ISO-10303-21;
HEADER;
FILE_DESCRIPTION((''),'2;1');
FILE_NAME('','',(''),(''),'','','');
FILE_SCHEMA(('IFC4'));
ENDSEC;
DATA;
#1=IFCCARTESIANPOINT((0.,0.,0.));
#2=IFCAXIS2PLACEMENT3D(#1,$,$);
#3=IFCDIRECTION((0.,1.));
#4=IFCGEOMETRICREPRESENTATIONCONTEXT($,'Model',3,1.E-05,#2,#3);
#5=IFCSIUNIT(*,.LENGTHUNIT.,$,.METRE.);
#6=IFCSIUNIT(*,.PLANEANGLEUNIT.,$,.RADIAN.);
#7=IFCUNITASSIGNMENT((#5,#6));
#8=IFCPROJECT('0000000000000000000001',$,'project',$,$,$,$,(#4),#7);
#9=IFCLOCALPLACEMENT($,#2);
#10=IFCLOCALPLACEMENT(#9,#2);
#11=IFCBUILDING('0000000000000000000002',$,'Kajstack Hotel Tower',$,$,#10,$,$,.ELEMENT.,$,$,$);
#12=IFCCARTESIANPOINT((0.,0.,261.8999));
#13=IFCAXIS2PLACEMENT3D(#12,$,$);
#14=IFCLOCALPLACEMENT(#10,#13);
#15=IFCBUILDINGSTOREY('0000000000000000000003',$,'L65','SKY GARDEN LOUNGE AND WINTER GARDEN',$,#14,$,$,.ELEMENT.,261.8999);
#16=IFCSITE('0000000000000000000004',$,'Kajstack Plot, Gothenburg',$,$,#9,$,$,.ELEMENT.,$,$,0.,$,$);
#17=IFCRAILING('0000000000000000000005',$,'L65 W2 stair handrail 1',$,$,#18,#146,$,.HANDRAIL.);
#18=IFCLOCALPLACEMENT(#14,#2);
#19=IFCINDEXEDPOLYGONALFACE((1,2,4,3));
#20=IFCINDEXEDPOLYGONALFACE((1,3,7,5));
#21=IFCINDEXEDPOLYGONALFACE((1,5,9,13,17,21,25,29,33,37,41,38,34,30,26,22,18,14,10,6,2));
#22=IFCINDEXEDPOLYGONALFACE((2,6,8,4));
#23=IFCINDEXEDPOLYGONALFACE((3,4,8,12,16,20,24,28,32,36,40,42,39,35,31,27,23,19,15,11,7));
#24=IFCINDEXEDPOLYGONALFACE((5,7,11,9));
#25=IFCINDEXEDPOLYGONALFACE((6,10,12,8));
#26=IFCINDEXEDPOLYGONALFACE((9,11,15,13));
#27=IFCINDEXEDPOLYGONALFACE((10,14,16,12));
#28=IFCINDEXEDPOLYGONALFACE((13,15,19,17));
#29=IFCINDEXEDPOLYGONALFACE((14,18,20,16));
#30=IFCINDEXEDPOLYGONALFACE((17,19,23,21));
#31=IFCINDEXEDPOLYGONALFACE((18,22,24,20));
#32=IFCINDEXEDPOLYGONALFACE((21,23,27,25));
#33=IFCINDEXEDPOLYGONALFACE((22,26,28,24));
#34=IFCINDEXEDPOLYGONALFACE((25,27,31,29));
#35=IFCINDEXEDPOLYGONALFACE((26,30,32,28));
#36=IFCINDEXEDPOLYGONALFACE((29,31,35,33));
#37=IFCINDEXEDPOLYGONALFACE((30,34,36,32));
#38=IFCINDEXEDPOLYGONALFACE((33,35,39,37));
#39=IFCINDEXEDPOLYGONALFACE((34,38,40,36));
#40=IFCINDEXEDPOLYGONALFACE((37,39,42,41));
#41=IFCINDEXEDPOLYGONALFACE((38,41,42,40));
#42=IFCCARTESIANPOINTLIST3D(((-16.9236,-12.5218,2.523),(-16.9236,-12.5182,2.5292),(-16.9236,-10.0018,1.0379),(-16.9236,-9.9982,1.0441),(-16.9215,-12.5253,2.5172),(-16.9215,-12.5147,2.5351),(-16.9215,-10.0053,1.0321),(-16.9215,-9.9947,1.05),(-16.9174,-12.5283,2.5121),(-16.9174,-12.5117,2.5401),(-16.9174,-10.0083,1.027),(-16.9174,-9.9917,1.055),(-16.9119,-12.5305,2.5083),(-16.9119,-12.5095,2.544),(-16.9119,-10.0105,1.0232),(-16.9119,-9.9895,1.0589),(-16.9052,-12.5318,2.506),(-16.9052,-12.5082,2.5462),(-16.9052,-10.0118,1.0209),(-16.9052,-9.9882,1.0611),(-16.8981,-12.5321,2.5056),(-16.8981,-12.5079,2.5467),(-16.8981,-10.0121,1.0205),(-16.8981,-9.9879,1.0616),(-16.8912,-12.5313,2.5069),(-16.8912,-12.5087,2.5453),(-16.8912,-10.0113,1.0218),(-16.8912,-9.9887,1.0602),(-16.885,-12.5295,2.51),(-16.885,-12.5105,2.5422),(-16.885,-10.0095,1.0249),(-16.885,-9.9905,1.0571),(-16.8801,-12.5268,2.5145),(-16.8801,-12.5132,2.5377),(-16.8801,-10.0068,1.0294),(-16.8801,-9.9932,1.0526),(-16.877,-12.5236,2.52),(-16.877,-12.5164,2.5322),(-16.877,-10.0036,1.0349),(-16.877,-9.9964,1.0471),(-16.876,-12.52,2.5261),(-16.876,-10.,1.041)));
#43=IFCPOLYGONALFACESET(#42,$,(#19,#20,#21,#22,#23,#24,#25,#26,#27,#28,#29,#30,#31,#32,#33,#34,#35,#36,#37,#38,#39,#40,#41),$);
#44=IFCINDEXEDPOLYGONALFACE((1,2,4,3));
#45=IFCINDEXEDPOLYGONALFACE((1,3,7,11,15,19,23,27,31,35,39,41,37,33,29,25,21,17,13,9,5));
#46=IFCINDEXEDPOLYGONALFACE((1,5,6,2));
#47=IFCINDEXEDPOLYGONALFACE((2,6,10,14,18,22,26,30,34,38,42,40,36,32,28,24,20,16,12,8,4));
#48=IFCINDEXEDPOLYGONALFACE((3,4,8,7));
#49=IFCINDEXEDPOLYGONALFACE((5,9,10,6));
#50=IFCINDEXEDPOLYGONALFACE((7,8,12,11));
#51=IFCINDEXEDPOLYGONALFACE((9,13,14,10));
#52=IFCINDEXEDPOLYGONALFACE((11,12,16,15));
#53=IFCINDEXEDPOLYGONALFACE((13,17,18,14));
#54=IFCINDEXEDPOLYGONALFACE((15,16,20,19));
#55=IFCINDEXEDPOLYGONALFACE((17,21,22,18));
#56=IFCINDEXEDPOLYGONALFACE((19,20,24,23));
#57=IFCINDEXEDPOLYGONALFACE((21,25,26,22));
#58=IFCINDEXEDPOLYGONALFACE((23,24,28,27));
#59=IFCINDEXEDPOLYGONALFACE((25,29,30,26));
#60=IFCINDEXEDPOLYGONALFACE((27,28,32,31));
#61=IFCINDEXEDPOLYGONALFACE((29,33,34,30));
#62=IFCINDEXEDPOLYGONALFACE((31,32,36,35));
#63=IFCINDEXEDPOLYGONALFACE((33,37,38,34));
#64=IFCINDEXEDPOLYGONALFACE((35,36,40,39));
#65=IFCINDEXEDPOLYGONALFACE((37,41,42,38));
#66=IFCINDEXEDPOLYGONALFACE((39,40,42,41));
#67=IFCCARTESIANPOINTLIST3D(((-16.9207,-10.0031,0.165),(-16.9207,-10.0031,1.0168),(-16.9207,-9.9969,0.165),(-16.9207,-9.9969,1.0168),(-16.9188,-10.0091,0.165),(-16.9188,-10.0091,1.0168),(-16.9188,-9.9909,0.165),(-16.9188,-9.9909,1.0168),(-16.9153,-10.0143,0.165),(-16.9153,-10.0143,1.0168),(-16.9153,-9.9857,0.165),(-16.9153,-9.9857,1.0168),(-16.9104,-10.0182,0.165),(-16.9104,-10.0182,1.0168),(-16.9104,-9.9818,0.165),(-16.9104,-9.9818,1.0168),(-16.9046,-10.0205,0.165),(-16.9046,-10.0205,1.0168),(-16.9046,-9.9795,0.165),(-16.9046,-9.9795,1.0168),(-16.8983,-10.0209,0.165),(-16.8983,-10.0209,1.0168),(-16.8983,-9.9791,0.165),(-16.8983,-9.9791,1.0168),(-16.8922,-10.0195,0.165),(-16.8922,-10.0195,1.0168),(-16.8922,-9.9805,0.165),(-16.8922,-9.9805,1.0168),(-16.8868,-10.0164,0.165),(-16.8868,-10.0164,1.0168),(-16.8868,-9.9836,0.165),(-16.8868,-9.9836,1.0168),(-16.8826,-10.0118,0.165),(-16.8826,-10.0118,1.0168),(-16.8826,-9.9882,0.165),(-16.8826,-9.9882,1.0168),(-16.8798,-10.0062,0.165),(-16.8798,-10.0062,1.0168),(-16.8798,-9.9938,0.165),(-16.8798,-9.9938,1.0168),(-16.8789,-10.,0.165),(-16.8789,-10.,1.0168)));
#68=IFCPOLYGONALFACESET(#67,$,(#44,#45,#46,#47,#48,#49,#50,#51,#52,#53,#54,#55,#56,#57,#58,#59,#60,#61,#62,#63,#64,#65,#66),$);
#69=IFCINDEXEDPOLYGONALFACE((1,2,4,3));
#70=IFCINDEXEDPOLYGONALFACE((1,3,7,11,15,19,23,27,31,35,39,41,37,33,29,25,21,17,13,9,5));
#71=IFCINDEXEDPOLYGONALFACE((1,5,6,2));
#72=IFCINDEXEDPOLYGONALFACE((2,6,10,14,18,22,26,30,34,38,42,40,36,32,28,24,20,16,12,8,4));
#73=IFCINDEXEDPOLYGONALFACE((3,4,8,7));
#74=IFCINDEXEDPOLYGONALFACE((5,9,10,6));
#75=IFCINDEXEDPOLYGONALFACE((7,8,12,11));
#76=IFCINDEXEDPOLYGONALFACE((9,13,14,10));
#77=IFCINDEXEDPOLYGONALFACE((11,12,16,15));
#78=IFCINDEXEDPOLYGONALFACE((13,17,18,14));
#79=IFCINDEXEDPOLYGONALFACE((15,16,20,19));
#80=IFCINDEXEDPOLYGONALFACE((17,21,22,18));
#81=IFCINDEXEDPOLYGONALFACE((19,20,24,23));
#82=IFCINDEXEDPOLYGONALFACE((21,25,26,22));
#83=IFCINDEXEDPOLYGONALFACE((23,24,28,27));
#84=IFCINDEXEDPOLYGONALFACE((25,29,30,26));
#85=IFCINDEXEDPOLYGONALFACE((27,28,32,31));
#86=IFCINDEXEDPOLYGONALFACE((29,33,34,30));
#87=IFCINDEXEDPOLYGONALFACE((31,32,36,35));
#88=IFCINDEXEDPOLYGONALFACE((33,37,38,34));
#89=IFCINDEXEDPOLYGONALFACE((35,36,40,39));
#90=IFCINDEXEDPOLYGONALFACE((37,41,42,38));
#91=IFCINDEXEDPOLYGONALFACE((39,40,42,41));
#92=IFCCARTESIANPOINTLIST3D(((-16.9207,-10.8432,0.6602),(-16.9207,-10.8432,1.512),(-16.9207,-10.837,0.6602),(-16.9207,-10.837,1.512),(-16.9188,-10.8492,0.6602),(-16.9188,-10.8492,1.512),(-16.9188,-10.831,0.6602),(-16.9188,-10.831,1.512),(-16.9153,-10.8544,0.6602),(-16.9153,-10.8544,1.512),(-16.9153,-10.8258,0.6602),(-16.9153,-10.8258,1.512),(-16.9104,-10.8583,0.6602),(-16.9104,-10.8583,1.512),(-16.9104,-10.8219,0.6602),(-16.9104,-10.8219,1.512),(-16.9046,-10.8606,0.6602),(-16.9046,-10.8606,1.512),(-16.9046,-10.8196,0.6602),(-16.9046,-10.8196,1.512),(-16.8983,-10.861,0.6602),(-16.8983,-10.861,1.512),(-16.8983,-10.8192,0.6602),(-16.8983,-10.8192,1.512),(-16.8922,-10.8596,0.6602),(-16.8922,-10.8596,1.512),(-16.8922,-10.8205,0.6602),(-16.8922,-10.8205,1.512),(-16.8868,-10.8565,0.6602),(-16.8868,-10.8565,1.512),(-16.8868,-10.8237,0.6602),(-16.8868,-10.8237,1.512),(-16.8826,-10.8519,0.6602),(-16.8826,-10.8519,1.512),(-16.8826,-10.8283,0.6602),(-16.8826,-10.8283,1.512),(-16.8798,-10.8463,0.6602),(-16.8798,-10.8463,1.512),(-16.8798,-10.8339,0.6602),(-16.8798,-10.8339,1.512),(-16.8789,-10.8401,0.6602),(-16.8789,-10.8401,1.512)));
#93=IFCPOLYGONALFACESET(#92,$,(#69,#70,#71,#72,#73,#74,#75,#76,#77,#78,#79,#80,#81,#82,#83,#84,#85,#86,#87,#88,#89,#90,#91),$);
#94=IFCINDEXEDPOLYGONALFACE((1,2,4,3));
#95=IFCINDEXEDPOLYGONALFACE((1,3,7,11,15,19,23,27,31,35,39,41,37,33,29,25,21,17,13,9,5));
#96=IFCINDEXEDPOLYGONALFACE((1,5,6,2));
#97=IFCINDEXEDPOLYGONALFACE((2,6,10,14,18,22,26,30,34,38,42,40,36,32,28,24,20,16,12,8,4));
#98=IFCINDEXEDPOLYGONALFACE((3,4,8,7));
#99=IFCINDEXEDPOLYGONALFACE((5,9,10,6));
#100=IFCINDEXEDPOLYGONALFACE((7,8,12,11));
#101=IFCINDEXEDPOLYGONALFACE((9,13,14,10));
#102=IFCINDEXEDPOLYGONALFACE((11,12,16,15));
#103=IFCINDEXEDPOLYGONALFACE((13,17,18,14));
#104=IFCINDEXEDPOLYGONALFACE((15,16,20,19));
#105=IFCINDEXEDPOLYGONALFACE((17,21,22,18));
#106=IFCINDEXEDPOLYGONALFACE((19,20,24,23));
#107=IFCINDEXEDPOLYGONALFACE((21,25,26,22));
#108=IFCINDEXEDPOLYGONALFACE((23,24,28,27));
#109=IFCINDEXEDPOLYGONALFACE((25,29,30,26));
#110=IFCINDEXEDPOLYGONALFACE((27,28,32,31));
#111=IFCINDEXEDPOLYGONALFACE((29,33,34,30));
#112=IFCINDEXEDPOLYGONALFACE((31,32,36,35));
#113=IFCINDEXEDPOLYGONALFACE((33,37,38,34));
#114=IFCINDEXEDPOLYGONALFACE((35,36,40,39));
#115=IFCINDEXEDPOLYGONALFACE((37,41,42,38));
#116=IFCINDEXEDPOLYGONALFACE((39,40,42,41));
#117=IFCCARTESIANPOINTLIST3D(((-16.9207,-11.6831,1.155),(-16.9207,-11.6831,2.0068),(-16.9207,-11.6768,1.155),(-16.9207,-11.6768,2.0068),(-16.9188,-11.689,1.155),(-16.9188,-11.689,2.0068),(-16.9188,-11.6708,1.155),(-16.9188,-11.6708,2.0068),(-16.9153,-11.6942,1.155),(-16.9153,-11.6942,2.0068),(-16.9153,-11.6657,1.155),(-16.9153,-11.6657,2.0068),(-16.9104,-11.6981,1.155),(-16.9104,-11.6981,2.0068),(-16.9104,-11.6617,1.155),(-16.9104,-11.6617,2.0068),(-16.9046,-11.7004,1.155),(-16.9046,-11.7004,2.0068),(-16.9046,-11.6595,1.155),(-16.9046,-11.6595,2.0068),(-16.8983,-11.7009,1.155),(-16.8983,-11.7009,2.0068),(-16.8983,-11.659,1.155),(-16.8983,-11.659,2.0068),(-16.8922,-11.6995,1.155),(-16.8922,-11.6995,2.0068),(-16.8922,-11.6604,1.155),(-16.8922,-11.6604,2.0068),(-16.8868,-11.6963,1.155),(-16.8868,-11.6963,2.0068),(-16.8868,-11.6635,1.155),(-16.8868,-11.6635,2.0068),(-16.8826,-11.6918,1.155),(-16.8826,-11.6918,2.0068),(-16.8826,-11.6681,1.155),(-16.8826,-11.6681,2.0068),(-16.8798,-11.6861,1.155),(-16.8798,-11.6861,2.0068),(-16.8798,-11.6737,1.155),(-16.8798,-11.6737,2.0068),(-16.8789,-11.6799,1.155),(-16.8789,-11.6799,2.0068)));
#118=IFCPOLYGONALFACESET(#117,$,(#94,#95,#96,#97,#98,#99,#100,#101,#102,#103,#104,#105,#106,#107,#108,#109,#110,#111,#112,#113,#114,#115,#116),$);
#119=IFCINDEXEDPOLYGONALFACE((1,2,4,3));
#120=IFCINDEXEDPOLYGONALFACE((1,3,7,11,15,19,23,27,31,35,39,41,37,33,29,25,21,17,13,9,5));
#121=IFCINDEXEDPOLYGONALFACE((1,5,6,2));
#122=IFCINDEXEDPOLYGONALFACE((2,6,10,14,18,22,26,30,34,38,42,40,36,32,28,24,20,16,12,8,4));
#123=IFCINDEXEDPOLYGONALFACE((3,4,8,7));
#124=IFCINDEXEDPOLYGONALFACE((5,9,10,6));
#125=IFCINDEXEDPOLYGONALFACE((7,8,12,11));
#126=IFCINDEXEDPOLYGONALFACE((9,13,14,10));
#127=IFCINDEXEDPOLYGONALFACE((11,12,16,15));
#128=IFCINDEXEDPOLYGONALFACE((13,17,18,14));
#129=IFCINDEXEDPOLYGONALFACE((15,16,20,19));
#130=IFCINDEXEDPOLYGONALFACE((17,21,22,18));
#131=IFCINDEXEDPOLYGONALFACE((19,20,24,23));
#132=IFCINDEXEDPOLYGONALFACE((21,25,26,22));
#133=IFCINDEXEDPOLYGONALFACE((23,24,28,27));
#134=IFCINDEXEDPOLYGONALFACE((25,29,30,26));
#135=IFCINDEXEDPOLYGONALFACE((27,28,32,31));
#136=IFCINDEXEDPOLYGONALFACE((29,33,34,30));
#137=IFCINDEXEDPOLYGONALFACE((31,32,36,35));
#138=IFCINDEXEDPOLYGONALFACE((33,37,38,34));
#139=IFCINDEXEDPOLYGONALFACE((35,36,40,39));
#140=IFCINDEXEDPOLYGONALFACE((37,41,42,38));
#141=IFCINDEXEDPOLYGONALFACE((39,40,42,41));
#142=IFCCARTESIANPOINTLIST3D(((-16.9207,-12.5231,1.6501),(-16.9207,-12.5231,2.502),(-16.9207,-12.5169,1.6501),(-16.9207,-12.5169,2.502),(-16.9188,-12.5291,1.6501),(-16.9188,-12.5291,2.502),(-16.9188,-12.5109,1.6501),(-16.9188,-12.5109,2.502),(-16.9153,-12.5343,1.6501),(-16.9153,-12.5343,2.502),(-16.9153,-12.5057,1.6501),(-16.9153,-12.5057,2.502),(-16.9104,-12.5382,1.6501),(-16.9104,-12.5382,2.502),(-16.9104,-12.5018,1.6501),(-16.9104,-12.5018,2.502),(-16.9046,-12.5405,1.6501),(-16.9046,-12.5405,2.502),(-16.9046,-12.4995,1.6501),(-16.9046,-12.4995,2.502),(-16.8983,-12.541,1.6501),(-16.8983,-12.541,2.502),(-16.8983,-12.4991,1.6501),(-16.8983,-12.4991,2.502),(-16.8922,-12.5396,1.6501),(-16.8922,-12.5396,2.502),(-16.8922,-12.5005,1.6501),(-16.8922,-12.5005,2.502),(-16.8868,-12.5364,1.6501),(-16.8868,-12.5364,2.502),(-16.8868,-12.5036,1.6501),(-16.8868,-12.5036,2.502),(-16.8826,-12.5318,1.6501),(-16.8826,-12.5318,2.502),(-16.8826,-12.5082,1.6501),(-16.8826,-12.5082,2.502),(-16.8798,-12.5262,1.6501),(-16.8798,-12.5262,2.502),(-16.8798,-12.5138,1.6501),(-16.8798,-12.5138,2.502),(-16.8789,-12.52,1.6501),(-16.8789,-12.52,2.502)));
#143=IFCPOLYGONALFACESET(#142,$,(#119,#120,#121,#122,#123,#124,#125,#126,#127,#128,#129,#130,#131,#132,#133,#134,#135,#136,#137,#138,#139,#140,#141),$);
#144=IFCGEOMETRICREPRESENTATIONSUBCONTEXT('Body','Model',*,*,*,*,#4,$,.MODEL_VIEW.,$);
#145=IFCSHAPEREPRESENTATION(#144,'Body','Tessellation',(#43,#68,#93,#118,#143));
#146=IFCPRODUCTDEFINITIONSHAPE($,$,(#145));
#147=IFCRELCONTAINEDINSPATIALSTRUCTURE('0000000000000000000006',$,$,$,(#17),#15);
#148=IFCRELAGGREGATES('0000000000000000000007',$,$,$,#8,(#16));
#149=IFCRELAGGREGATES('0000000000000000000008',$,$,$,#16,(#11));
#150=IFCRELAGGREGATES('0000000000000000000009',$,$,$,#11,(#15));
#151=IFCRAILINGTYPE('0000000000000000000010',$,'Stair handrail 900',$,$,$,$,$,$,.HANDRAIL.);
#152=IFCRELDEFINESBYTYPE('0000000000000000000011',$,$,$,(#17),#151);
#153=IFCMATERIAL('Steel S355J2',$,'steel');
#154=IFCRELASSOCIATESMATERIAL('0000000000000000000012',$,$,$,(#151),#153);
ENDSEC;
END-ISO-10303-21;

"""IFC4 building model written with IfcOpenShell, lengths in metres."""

from ifc_helpers import new_model, si_unit, direction, frame, origin, origin_2d, place, context, subcontext, project, spatial, circle, extrude, material, type_object, element, save


model = new_model("IFC4")

# Units and contexts
model_context = context("Model", 3, precision=1e-05, world=origin(), true_north=direction((0.0, 1.0)))
body_context = subcontext(model_context, "Body", "Model", "MODEL_VIEW")
ifc_project = project(units=[si_unit("LENGTHUNIT", "METRE"), si_unit("PLANEANGLEUNIT", "RADIAN")], contexts=[model_context])

# Site, building, storey
site_placement = place(None, origin())
site = spatial("IfcSite", under=ifc_project, at=site_placement, Name="Kajstack Plot, Gothenburg", CompositionType="ELEMENT", RefElevation=0.0)
building_placement = place(site_placement, origin())
building = spatial("IfcBuilding", under=site, at=building_placement, Name="Kajstack Hotel Tower", CompositionType="ELEMENT")
storey_placement = place(building_placement, frame((0.0, 0.0, 261.8999)))
storey = spatial("IfcBuildingStorey", under=building, at=storey_placement, Name="L65", Description="SKY GARDEN LOUNGE AND WINTER GARDEN", CompositionType="ELEMENT", Elevation=261.8999)

# Railing
ifc_material_1 = material(Name="Steel S355J2", Category="steel")
railing_type_1 = type_object("IfcRailingType", Name="Stair handrail 900", PredefinedType="HANDRAIL", material=ifc_material_1)
for number, where, name in (
    (1, (-16.8999, -10.0, 0.165), "L65 W2 stair handrail 1"),
):
    element("IfcRailing", number, at=place(storey_placement, frame(where)), inside=storey, type_object=railing_type_1, Name=name, PredefinedType="HANDRAIL", context=body_context, shape_type="SweptSolid", body=[
        extrude(circle(Radius=0.0239, at=origin_2d()), frame((0.0, 0.0, 0.876), z_axis=(0.0, -0.861524, 0.507717), x_axis=(1.0, 0.0, 0.0)), (0.0, 0.0, 1.0), 2.925),
        extrude(circle(Radius=0.021, at=origin_2d()), origin(), (0.0, 0.0, 1.0), 0.8518),
        extrude(circle(Radius=0.021, at=origin_2d()), frame((0.0, -0.8401, 0.4951)), (0.0, 0.0, 1.0), 0.8518),
        extrude(circle(Radius=0.021, at=origin_2d()), frame((0.0, -1.6799, 0.99)), (0.0, 0.0, 1.0), 0.8518),
        extrude(circle(Radius=0.021, at=origin_2d()), frame((0.0, -2.52, 1.4851)), (0.0, 0.0, 1.0), 0.8518),
    ])

save(model, "model.ifc")
